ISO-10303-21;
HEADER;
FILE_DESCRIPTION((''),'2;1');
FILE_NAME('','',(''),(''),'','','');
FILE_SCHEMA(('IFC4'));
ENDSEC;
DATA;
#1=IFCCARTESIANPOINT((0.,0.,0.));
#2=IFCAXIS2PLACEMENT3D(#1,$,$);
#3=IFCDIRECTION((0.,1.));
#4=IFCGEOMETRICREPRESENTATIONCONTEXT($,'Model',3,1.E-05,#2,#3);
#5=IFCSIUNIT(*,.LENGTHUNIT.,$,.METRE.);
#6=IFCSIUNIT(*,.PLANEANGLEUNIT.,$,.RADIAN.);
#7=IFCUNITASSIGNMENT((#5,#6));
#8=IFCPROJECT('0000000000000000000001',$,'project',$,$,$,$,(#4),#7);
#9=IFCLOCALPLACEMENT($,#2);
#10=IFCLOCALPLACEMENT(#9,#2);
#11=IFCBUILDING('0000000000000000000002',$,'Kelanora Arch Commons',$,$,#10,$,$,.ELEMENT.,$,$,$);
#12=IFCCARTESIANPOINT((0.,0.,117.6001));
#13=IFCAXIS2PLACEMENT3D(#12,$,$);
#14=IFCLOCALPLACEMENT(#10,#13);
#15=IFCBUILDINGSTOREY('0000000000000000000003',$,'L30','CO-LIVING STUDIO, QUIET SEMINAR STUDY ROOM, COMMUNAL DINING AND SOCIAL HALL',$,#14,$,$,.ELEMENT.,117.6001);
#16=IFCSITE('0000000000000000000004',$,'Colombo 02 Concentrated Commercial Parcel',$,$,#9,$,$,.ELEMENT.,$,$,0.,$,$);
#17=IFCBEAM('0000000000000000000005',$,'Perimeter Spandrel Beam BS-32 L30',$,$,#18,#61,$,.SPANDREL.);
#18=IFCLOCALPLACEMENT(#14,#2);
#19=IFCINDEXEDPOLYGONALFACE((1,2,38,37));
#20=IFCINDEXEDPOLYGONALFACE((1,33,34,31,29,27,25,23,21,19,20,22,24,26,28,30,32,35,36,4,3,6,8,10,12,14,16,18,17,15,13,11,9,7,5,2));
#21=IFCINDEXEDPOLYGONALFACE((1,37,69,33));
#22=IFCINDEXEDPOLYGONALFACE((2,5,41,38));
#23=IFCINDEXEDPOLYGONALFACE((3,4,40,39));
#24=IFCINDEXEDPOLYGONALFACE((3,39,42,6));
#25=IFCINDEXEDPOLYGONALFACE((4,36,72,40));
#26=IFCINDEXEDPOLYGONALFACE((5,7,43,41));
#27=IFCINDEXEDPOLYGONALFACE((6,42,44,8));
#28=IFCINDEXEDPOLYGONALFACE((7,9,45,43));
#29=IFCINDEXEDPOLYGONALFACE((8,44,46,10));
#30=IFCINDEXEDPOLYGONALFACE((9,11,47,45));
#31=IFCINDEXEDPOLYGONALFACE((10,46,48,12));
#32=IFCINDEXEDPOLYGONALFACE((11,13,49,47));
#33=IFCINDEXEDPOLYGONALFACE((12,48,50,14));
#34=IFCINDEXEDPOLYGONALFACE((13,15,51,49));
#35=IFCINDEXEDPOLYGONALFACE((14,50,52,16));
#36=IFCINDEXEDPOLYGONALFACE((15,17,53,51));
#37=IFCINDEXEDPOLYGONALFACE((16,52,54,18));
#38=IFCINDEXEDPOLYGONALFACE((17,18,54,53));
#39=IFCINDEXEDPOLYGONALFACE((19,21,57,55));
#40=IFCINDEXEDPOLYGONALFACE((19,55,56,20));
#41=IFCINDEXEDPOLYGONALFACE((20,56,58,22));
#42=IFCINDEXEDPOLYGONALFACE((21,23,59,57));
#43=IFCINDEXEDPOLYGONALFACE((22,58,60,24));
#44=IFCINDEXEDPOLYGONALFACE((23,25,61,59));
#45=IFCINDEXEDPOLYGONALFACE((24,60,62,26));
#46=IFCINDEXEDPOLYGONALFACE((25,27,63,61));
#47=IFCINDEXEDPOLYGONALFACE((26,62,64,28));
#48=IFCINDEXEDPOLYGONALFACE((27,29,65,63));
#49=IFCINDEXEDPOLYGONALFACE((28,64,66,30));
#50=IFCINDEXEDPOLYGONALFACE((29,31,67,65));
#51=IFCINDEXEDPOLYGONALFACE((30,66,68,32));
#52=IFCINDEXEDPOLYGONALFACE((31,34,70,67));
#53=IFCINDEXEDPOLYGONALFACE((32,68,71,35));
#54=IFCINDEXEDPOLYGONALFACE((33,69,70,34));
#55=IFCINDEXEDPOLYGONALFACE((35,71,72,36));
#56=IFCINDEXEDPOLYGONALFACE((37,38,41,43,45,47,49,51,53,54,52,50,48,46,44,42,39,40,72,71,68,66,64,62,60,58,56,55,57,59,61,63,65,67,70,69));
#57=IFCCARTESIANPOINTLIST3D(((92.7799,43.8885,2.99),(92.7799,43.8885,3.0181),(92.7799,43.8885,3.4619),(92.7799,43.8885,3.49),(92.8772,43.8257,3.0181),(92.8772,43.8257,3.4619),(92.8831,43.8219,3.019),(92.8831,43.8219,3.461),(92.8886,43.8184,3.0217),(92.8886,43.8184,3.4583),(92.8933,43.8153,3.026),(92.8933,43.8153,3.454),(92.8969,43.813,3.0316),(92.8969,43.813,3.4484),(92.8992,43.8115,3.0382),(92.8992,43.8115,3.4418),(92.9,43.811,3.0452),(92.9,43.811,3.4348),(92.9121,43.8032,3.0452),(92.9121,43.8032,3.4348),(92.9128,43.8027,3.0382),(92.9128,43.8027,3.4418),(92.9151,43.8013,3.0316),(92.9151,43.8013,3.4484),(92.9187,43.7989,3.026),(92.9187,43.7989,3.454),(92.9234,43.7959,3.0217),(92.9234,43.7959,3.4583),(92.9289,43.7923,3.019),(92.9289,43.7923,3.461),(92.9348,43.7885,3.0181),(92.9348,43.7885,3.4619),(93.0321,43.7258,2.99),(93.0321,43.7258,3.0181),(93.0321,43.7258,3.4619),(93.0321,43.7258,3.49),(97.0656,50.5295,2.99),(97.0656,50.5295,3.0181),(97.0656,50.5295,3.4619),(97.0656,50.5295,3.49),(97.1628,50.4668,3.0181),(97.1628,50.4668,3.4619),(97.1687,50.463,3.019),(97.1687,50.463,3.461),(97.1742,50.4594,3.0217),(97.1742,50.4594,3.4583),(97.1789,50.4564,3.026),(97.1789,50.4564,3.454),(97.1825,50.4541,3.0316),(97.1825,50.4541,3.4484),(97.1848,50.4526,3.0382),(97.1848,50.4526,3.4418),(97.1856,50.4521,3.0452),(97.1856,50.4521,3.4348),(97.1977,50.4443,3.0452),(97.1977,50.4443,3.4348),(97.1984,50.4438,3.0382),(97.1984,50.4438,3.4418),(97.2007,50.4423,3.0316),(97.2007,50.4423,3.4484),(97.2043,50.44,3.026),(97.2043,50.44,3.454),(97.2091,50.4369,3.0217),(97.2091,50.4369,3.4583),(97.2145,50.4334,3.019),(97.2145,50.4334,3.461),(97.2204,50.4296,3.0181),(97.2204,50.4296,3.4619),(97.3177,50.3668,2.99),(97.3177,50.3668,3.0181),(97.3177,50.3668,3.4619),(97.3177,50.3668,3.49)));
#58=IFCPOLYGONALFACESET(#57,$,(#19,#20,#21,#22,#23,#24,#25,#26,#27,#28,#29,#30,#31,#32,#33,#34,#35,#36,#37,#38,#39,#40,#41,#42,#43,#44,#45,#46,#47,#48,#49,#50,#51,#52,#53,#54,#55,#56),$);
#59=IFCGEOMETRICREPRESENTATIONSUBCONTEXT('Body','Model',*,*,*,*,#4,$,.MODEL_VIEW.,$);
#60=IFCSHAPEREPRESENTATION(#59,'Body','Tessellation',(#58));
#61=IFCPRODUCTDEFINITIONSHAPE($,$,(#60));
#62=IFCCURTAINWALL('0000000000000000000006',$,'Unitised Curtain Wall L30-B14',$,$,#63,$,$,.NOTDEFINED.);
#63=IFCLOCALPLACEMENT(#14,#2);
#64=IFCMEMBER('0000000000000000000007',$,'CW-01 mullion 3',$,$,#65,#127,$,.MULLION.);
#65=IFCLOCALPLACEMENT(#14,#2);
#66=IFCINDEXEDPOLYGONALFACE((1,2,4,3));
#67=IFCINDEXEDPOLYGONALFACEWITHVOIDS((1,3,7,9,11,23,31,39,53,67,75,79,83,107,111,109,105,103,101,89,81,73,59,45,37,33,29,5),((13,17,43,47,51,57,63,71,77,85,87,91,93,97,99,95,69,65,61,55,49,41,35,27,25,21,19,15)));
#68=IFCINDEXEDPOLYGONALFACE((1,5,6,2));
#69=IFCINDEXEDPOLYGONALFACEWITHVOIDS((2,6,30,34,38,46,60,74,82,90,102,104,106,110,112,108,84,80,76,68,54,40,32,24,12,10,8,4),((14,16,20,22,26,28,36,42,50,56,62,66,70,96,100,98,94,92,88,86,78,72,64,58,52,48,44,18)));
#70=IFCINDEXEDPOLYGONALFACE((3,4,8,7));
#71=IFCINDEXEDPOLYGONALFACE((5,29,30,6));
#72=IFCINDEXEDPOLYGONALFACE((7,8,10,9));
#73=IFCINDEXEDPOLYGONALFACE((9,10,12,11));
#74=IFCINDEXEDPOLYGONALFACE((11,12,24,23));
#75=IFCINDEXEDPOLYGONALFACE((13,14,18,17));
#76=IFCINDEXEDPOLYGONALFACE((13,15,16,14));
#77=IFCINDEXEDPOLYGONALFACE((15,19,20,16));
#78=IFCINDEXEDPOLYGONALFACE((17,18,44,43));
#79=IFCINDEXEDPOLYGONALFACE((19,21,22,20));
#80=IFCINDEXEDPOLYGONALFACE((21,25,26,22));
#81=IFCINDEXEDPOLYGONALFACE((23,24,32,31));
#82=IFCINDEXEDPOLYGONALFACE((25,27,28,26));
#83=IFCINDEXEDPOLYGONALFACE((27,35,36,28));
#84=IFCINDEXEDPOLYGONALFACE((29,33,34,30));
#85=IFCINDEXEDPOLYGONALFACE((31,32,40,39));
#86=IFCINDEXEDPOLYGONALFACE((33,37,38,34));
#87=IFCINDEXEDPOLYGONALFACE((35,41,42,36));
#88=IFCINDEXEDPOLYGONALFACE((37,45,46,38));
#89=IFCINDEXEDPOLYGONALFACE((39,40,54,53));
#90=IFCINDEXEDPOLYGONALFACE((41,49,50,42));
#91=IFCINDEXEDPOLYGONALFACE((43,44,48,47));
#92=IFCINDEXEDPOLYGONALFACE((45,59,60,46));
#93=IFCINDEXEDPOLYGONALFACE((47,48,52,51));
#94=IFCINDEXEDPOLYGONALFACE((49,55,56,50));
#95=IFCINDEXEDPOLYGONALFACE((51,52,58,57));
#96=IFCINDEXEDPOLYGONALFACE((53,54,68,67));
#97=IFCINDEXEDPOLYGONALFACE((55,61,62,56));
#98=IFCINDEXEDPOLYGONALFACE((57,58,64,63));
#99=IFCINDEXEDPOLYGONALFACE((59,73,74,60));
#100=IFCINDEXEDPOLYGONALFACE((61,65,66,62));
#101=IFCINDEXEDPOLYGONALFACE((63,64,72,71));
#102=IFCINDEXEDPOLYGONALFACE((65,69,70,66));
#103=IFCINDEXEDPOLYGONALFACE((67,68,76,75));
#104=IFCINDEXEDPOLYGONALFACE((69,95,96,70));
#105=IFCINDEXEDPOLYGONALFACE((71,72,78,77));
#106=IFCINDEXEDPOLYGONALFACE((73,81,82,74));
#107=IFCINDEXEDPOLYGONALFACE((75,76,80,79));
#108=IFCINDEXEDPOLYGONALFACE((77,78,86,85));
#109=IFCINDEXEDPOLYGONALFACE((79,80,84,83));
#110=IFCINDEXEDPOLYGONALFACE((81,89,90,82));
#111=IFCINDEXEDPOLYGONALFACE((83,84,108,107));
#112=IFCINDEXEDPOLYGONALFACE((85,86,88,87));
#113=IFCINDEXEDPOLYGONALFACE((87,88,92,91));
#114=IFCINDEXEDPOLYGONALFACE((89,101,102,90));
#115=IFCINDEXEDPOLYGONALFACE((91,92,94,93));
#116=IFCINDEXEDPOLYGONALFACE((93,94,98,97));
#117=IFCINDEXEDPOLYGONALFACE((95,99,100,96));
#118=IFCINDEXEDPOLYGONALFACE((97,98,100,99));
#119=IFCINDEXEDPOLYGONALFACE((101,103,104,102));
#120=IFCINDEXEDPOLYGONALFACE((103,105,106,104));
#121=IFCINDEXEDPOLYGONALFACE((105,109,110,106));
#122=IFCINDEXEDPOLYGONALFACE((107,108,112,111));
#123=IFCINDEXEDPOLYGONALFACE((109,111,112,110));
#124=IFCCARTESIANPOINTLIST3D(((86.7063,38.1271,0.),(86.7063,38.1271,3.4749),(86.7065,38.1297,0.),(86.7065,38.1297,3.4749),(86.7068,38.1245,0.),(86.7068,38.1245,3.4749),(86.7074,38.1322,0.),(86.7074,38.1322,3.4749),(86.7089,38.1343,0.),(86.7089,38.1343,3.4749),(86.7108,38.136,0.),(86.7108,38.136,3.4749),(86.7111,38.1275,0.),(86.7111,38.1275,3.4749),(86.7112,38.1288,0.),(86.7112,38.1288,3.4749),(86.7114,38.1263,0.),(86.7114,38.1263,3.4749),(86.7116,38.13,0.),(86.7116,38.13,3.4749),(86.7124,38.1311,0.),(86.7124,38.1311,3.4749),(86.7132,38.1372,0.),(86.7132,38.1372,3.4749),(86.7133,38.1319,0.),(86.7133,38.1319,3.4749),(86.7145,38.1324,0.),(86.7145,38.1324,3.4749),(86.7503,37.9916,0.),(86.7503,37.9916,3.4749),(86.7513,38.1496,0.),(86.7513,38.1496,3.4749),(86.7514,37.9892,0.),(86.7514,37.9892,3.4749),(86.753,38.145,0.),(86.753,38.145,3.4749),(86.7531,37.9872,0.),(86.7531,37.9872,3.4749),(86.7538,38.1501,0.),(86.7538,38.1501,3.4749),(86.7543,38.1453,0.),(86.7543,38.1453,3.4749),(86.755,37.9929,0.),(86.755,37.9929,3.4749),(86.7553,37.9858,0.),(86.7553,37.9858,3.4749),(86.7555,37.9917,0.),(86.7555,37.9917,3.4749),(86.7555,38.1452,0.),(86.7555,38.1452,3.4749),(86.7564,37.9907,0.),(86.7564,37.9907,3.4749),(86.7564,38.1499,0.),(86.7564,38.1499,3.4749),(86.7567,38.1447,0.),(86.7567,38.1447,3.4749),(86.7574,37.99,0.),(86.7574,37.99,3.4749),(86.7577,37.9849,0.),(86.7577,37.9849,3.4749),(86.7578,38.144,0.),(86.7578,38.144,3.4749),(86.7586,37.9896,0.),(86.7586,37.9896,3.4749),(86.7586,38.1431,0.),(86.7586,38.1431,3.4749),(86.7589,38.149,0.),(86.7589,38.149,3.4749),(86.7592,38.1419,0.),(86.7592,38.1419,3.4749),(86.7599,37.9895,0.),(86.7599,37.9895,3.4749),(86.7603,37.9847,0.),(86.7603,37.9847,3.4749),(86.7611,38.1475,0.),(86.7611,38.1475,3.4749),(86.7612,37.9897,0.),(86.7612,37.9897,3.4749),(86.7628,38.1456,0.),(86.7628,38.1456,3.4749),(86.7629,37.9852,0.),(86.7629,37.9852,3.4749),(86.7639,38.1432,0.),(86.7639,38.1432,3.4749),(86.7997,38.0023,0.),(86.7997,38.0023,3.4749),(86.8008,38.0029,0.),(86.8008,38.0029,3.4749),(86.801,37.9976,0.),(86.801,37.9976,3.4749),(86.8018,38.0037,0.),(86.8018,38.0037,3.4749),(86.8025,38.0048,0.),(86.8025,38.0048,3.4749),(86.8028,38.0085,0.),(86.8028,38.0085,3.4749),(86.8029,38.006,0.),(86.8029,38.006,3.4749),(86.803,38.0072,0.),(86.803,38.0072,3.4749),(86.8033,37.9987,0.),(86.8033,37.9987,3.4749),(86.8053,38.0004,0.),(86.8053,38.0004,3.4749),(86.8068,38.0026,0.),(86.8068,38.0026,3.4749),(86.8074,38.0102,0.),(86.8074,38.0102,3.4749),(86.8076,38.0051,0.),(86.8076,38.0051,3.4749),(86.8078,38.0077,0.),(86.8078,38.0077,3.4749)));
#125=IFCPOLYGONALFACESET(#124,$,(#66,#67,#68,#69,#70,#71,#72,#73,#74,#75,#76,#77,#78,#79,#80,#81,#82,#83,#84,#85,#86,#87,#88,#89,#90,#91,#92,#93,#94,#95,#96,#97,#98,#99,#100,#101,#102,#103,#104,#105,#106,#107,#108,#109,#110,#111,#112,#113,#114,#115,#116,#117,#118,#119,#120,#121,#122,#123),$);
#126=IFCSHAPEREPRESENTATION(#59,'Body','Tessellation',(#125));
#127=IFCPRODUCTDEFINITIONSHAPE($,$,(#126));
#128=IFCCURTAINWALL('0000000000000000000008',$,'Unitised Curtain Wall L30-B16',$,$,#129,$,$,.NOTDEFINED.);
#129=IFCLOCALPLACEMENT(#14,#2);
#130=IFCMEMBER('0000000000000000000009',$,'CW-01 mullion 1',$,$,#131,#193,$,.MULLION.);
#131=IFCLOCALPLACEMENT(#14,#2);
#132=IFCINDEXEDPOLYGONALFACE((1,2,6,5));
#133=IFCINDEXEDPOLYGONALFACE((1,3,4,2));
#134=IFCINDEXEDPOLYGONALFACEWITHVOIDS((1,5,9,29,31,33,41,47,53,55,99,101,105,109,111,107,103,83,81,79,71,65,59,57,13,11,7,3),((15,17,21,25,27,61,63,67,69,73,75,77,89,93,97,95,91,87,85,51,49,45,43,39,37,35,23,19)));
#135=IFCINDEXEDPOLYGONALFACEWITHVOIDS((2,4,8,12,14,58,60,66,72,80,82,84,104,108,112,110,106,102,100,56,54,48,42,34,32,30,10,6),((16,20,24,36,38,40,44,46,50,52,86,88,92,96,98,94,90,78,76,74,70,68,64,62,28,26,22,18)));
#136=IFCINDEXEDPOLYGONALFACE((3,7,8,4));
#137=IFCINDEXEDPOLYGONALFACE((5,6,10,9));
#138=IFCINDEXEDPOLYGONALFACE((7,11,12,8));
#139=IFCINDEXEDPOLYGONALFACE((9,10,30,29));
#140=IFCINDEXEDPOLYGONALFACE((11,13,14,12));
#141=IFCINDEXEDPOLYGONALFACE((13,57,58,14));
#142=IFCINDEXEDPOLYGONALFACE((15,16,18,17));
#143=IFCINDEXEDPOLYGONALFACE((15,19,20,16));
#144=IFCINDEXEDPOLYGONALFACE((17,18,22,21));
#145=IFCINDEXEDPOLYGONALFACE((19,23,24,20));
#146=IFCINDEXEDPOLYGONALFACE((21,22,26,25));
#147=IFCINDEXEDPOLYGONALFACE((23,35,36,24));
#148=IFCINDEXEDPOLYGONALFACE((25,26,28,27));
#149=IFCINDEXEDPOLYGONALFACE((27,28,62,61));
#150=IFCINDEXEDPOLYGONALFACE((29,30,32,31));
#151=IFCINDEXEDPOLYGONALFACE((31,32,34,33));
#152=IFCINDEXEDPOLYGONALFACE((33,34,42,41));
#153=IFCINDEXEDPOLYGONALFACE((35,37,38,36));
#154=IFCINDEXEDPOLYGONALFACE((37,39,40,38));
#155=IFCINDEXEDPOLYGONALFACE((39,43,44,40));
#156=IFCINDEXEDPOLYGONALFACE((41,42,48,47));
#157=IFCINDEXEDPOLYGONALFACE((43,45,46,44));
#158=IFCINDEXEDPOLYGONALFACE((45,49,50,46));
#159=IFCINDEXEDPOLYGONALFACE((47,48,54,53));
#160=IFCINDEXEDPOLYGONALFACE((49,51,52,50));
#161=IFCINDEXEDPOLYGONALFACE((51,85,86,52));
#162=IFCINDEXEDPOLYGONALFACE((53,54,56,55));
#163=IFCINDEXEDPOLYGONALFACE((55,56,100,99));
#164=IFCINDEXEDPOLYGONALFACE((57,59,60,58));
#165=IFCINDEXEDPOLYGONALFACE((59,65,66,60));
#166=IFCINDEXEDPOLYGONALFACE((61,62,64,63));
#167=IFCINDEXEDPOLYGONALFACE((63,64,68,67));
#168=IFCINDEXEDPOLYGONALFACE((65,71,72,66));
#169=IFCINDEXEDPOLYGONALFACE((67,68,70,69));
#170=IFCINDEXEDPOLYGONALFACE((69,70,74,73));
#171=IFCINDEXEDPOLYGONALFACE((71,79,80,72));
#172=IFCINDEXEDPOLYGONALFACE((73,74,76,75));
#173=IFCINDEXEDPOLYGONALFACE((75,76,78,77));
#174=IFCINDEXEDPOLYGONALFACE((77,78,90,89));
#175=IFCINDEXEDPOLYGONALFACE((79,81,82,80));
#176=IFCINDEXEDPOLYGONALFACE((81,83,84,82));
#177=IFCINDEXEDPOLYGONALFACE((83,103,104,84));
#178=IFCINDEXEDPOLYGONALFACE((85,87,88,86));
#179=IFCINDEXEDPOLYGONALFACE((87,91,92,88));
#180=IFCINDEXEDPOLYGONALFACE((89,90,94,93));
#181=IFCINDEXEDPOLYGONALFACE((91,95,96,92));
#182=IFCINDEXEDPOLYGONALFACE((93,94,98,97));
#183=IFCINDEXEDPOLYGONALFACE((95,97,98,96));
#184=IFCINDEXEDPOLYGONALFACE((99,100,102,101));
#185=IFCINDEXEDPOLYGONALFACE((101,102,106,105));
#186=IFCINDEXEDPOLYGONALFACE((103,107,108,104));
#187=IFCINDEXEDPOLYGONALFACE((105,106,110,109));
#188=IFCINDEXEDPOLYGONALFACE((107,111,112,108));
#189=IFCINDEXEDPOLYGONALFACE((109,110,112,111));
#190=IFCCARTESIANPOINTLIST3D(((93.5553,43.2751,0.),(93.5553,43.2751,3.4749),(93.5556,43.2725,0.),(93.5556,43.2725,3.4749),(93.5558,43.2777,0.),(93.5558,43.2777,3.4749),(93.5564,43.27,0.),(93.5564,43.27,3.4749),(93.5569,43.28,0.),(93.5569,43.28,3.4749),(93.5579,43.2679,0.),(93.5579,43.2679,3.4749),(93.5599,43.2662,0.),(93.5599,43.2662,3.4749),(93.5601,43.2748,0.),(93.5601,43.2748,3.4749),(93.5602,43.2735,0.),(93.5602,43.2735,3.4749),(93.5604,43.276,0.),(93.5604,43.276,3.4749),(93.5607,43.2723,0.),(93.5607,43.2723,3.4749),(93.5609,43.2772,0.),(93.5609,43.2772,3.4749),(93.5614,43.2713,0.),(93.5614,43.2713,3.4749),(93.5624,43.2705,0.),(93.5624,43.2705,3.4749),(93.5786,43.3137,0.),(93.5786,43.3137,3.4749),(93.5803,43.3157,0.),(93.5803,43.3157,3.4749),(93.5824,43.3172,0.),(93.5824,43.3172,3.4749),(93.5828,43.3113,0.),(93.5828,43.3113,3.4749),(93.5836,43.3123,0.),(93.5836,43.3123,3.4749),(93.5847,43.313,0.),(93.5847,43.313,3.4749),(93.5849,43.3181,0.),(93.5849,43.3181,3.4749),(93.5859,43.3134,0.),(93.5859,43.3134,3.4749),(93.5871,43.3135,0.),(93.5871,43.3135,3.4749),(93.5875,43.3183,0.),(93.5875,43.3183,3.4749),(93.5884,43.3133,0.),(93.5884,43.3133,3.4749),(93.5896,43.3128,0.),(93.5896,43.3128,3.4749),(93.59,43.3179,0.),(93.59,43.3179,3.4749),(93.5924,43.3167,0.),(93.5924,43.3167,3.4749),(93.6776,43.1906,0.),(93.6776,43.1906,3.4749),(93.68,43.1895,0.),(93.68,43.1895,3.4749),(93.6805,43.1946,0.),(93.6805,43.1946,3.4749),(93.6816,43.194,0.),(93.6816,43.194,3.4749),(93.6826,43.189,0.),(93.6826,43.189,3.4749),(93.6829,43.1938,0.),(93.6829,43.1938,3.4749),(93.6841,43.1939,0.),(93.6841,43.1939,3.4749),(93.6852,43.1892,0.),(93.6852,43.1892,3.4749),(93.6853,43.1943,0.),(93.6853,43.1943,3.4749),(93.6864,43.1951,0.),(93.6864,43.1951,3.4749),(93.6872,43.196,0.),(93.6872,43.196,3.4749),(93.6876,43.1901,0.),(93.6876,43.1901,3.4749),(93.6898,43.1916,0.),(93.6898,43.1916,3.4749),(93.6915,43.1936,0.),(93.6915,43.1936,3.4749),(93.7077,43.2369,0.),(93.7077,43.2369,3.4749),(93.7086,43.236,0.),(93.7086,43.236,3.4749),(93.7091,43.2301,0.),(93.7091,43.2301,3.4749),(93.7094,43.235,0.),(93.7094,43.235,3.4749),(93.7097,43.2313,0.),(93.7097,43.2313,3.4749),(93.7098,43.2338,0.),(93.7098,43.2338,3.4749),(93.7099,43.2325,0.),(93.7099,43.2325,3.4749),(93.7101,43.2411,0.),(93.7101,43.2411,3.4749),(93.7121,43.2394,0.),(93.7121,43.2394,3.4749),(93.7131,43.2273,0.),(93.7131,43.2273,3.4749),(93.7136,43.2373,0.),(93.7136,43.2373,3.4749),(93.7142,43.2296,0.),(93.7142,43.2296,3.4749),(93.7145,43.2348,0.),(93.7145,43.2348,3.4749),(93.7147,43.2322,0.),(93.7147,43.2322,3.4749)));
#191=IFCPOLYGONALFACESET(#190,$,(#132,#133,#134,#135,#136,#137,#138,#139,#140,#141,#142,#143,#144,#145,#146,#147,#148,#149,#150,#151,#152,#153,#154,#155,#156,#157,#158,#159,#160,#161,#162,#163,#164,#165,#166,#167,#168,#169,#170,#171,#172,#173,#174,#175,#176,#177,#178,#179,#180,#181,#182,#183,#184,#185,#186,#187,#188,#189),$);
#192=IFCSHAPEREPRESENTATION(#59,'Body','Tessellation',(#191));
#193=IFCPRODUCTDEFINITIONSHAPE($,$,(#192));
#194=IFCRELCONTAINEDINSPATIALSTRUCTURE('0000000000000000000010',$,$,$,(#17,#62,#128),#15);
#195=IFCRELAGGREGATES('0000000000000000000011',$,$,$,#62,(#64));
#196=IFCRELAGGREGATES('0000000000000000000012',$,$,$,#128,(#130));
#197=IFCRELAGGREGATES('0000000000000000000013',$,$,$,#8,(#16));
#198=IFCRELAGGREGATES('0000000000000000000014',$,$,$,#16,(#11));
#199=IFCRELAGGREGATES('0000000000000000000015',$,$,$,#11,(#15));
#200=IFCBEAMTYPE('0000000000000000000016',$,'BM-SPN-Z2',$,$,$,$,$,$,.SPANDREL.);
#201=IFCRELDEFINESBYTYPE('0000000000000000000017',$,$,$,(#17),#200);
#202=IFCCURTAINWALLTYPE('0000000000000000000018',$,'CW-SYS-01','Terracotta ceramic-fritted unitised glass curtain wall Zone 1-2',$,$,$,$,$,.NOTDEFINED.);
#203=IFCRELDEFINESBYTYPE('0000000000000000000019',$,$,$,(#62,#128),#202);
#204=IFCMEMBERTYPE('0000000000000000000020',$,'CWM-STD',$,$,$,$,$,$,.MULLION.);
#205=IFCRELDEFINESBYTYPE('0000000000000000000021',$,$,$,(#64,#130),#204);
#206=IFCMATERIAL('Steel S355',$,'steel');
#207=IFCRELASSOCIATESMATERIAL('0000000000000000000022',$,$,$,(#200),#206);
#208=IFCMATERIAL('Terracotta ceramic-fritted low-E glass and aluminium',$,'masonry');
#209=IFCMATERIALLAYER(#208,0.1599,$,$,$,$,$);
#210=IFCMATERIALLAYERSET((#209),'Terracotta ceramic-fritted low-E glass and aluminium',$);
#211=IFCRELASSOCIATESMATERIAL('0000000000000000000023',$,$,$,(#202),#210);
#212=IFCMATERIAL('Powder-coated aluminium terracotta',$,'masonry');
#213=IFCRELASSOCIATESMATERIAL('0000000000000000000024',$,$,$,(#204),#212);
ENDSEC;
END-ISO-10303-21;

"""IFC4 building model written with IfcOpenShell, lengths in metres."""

from ifc_helpers import new_model, si_unit, direction, frame, origin, origin_2d, place, context, subcontext, project, spatial, hollow_rectangle, i_section, extrude, material, layer, layer_set, material_profile, profile_set, type_object, element, aggregate, save


model = new_model("IFC4")

# Units and contexts
model_context = context("Model", 3, precision=1e-05, world=origin(), true_north=direction((0.0, 1.0)))
body_context = subcontext(model_context, "Body", "Model", "MODEL_VIEW")
ifc_project = project(units=[si_unit("LENGTHUNIT", "METRE"), si_unit("PLANEANGLEUNIT", "RADIAN")], contexts=[model_context])

# Site, building, storey
site_placement = place(None, origin())
site = spatial("IfcSite", under=ifc_project, at=site_placement, Name="Colombo 02 Concentrated Commercial Parcel", CompositionType="ELEMENT", RefElevation=0.0)
building_placement = place(site_placement, origin())
building = spatial("IfcBuilding", under=site, at=building_placement, Name="Kelanora Arch Commons", CompositionType="ELEMENT")
storey_placement = place(building_placement, frame((0.0, 0.0, 117.6001)))
storey = spatial("IfcBuildingStorey", under=building, at=storey_placement, Name="L30", Description="CO-LIVING STUDIO, QUIET SEMINAR STUDY ROOM, COMMUNAL DINING AND SOCIAL HALL", CompositionType="ELEMENT", Elevation=117.6001)

# Beam
ifc_material_1 = material(Name="Steel S355", Category="steel")
ifc_material_profile_1 = material_profile(ifc_material_1, i_section(OverallWidth=0.3, OverallDepth=0.5, WebThickness=0.0144, FlangeThickness=0.0281, FilletRadius=0.0271, at=origin_2d()), Name="HEB500")
ifc_profile_set_1 = profile_set([ifc_material_profile_1], Name="Steel S355")
beam_type_1 = type_object("IfcBeamType", Name="BM-SPN-Z2", PredefinedType="SPANDREL", material=ifc_profile_set_1)
beam_1_placement = place(storey_placement, frame((92.906, 43.8071, 3.24), z_axis=(0.542221, 0.840236, 0.0), x_axis=(-0.840236, 0.542221, 0.0)))
element("IfcBeam", 1, at=beam_1_placement, inside=storey, type_object=beam_type_1, Name="Perimeter Spandrel Beam BS-32 L30", PredefinedType="SPANDREL", context=body_context, shape_type="SweptSolid", body=[
    extrude(i_section(OverallWidth=0.3, OverallDepth=0.5, WebThickness=0.0144, FlangeThickness=0.0281, FilletRadius=0.0271, at=origin_2d()), origin(), (0.0, 0.0, 1.0), 7.9038),
])

# Curtain wall, member
ifc_material_2 = material(Name="Terracotta ceramic-fritted low-E glass and aluminium", Category="masonry")
ifc_layer_1 = layer(ifc_material_2, 0.1599)
ifc_layer_set_1 = layer_set([ifc_layer_1], Name="Terracotta ceramic-fritted low-E glass and aluminium")
curtain_wall_type = type_object("IfcCurtainWallType", Name="CW-SYS-01", Description="Terracotta ceramic-fritted unitised glass curtain wall Zone 1-2", PredefinedType="NOTDEFINED", material=ifc_layer_set_1)
curtain_wall_1_placement = place(storey_placement, origin())
curtain_wall_1 = element("IfcCurtainWall", 2, at=curtain_wall_1_placement, inside=storey, type_object=curtain_wall_type, Name="Unitised Curtain Wall L30-B14", PredefinedType="NOTDEFINED")
ifc_material_3 = material(Name="Powder-coated aluminium terracotta", Category="masonry")
ifc_material_profile_2 = material_profile(ifc_material_3, hollow_rectangle(XDim=0.1599, YDim=0.0601, WallThickness=0.0049, InnerFilletRadius=0.0049, OuterFilletRadius=0.01, at=origin_2d()), Name="CWM160x60")
ifc_profile_set_2 = profile_set([ifc_material_profile_2], Name="Powder-coated aluminium terracotta")
member_type_1 = type_object("IfcMemberType", Name="CWM-STD", PredefinedType="MULLION", material=ifc_profile_set_2)
member_1_placement = place(storey_placement, frame((86.7571, 38.0674, 0.0), z_axis=(0.0, 0.0, 1.0), x_axis=(-0.310805, 0.950474, 0.0)))
member_1 = element("IfcMember", 3, at=member_1_placement, type_object=member_type_1, Name="CW-01 mullion 3", PredefinedType="MULLION", context=body_context, shape_type="SweptSolid", body=[
    extrude(hollow_rectangle(XDim=0.1599, YDim=0.0601, WallThickness=0.0049, InnerFilletRadius=0.0049, OuterFilletRadius=0.01, at=origin_2d()), origin(), (0.0, 0.0, 1.0), 3.4749),
])
aggregate(curtain_wall_1, [member_1])

# Curtain wall, member
curtain_wall_2_placement = place(storey_placement, origin())
curtain_wall_2 = element("IfcCurtainWall", 4, at=curtain_wall_2_placement, inside=storey, type_object=curtain_wall_type, Name="Unitised Curtain Wall L30-B16", PredefinedType="NOTDEFINED")
member_2_placement = place(storey_placement, frame((93.635, 43.2537, 0.0), z_axis=(0.0, 0.0, 1.0), x_axis=(-0.841269, 0.540617, 0.0)))
member_2 = element("IfcMember", 5, at=member_2_placement, type_object=member_type_1, Name="CW-01 mullion 1", PredefinedType="MULLION", context=body_context, shape_type="SweptSolid", body=[
    extrude(hollow_rectangle(XDim=0.1599, YDim=0.0601, WallThickness=0.0049, InnerFilletRadius=0.0049, OuterFilletRadius=0.01, at=origin_2d()), origin(), (0.0, 0.0, 1.0), 3.4749),
])
aggregate(curtain_wall_2, [member_2])

save(model, "model.ifc")
